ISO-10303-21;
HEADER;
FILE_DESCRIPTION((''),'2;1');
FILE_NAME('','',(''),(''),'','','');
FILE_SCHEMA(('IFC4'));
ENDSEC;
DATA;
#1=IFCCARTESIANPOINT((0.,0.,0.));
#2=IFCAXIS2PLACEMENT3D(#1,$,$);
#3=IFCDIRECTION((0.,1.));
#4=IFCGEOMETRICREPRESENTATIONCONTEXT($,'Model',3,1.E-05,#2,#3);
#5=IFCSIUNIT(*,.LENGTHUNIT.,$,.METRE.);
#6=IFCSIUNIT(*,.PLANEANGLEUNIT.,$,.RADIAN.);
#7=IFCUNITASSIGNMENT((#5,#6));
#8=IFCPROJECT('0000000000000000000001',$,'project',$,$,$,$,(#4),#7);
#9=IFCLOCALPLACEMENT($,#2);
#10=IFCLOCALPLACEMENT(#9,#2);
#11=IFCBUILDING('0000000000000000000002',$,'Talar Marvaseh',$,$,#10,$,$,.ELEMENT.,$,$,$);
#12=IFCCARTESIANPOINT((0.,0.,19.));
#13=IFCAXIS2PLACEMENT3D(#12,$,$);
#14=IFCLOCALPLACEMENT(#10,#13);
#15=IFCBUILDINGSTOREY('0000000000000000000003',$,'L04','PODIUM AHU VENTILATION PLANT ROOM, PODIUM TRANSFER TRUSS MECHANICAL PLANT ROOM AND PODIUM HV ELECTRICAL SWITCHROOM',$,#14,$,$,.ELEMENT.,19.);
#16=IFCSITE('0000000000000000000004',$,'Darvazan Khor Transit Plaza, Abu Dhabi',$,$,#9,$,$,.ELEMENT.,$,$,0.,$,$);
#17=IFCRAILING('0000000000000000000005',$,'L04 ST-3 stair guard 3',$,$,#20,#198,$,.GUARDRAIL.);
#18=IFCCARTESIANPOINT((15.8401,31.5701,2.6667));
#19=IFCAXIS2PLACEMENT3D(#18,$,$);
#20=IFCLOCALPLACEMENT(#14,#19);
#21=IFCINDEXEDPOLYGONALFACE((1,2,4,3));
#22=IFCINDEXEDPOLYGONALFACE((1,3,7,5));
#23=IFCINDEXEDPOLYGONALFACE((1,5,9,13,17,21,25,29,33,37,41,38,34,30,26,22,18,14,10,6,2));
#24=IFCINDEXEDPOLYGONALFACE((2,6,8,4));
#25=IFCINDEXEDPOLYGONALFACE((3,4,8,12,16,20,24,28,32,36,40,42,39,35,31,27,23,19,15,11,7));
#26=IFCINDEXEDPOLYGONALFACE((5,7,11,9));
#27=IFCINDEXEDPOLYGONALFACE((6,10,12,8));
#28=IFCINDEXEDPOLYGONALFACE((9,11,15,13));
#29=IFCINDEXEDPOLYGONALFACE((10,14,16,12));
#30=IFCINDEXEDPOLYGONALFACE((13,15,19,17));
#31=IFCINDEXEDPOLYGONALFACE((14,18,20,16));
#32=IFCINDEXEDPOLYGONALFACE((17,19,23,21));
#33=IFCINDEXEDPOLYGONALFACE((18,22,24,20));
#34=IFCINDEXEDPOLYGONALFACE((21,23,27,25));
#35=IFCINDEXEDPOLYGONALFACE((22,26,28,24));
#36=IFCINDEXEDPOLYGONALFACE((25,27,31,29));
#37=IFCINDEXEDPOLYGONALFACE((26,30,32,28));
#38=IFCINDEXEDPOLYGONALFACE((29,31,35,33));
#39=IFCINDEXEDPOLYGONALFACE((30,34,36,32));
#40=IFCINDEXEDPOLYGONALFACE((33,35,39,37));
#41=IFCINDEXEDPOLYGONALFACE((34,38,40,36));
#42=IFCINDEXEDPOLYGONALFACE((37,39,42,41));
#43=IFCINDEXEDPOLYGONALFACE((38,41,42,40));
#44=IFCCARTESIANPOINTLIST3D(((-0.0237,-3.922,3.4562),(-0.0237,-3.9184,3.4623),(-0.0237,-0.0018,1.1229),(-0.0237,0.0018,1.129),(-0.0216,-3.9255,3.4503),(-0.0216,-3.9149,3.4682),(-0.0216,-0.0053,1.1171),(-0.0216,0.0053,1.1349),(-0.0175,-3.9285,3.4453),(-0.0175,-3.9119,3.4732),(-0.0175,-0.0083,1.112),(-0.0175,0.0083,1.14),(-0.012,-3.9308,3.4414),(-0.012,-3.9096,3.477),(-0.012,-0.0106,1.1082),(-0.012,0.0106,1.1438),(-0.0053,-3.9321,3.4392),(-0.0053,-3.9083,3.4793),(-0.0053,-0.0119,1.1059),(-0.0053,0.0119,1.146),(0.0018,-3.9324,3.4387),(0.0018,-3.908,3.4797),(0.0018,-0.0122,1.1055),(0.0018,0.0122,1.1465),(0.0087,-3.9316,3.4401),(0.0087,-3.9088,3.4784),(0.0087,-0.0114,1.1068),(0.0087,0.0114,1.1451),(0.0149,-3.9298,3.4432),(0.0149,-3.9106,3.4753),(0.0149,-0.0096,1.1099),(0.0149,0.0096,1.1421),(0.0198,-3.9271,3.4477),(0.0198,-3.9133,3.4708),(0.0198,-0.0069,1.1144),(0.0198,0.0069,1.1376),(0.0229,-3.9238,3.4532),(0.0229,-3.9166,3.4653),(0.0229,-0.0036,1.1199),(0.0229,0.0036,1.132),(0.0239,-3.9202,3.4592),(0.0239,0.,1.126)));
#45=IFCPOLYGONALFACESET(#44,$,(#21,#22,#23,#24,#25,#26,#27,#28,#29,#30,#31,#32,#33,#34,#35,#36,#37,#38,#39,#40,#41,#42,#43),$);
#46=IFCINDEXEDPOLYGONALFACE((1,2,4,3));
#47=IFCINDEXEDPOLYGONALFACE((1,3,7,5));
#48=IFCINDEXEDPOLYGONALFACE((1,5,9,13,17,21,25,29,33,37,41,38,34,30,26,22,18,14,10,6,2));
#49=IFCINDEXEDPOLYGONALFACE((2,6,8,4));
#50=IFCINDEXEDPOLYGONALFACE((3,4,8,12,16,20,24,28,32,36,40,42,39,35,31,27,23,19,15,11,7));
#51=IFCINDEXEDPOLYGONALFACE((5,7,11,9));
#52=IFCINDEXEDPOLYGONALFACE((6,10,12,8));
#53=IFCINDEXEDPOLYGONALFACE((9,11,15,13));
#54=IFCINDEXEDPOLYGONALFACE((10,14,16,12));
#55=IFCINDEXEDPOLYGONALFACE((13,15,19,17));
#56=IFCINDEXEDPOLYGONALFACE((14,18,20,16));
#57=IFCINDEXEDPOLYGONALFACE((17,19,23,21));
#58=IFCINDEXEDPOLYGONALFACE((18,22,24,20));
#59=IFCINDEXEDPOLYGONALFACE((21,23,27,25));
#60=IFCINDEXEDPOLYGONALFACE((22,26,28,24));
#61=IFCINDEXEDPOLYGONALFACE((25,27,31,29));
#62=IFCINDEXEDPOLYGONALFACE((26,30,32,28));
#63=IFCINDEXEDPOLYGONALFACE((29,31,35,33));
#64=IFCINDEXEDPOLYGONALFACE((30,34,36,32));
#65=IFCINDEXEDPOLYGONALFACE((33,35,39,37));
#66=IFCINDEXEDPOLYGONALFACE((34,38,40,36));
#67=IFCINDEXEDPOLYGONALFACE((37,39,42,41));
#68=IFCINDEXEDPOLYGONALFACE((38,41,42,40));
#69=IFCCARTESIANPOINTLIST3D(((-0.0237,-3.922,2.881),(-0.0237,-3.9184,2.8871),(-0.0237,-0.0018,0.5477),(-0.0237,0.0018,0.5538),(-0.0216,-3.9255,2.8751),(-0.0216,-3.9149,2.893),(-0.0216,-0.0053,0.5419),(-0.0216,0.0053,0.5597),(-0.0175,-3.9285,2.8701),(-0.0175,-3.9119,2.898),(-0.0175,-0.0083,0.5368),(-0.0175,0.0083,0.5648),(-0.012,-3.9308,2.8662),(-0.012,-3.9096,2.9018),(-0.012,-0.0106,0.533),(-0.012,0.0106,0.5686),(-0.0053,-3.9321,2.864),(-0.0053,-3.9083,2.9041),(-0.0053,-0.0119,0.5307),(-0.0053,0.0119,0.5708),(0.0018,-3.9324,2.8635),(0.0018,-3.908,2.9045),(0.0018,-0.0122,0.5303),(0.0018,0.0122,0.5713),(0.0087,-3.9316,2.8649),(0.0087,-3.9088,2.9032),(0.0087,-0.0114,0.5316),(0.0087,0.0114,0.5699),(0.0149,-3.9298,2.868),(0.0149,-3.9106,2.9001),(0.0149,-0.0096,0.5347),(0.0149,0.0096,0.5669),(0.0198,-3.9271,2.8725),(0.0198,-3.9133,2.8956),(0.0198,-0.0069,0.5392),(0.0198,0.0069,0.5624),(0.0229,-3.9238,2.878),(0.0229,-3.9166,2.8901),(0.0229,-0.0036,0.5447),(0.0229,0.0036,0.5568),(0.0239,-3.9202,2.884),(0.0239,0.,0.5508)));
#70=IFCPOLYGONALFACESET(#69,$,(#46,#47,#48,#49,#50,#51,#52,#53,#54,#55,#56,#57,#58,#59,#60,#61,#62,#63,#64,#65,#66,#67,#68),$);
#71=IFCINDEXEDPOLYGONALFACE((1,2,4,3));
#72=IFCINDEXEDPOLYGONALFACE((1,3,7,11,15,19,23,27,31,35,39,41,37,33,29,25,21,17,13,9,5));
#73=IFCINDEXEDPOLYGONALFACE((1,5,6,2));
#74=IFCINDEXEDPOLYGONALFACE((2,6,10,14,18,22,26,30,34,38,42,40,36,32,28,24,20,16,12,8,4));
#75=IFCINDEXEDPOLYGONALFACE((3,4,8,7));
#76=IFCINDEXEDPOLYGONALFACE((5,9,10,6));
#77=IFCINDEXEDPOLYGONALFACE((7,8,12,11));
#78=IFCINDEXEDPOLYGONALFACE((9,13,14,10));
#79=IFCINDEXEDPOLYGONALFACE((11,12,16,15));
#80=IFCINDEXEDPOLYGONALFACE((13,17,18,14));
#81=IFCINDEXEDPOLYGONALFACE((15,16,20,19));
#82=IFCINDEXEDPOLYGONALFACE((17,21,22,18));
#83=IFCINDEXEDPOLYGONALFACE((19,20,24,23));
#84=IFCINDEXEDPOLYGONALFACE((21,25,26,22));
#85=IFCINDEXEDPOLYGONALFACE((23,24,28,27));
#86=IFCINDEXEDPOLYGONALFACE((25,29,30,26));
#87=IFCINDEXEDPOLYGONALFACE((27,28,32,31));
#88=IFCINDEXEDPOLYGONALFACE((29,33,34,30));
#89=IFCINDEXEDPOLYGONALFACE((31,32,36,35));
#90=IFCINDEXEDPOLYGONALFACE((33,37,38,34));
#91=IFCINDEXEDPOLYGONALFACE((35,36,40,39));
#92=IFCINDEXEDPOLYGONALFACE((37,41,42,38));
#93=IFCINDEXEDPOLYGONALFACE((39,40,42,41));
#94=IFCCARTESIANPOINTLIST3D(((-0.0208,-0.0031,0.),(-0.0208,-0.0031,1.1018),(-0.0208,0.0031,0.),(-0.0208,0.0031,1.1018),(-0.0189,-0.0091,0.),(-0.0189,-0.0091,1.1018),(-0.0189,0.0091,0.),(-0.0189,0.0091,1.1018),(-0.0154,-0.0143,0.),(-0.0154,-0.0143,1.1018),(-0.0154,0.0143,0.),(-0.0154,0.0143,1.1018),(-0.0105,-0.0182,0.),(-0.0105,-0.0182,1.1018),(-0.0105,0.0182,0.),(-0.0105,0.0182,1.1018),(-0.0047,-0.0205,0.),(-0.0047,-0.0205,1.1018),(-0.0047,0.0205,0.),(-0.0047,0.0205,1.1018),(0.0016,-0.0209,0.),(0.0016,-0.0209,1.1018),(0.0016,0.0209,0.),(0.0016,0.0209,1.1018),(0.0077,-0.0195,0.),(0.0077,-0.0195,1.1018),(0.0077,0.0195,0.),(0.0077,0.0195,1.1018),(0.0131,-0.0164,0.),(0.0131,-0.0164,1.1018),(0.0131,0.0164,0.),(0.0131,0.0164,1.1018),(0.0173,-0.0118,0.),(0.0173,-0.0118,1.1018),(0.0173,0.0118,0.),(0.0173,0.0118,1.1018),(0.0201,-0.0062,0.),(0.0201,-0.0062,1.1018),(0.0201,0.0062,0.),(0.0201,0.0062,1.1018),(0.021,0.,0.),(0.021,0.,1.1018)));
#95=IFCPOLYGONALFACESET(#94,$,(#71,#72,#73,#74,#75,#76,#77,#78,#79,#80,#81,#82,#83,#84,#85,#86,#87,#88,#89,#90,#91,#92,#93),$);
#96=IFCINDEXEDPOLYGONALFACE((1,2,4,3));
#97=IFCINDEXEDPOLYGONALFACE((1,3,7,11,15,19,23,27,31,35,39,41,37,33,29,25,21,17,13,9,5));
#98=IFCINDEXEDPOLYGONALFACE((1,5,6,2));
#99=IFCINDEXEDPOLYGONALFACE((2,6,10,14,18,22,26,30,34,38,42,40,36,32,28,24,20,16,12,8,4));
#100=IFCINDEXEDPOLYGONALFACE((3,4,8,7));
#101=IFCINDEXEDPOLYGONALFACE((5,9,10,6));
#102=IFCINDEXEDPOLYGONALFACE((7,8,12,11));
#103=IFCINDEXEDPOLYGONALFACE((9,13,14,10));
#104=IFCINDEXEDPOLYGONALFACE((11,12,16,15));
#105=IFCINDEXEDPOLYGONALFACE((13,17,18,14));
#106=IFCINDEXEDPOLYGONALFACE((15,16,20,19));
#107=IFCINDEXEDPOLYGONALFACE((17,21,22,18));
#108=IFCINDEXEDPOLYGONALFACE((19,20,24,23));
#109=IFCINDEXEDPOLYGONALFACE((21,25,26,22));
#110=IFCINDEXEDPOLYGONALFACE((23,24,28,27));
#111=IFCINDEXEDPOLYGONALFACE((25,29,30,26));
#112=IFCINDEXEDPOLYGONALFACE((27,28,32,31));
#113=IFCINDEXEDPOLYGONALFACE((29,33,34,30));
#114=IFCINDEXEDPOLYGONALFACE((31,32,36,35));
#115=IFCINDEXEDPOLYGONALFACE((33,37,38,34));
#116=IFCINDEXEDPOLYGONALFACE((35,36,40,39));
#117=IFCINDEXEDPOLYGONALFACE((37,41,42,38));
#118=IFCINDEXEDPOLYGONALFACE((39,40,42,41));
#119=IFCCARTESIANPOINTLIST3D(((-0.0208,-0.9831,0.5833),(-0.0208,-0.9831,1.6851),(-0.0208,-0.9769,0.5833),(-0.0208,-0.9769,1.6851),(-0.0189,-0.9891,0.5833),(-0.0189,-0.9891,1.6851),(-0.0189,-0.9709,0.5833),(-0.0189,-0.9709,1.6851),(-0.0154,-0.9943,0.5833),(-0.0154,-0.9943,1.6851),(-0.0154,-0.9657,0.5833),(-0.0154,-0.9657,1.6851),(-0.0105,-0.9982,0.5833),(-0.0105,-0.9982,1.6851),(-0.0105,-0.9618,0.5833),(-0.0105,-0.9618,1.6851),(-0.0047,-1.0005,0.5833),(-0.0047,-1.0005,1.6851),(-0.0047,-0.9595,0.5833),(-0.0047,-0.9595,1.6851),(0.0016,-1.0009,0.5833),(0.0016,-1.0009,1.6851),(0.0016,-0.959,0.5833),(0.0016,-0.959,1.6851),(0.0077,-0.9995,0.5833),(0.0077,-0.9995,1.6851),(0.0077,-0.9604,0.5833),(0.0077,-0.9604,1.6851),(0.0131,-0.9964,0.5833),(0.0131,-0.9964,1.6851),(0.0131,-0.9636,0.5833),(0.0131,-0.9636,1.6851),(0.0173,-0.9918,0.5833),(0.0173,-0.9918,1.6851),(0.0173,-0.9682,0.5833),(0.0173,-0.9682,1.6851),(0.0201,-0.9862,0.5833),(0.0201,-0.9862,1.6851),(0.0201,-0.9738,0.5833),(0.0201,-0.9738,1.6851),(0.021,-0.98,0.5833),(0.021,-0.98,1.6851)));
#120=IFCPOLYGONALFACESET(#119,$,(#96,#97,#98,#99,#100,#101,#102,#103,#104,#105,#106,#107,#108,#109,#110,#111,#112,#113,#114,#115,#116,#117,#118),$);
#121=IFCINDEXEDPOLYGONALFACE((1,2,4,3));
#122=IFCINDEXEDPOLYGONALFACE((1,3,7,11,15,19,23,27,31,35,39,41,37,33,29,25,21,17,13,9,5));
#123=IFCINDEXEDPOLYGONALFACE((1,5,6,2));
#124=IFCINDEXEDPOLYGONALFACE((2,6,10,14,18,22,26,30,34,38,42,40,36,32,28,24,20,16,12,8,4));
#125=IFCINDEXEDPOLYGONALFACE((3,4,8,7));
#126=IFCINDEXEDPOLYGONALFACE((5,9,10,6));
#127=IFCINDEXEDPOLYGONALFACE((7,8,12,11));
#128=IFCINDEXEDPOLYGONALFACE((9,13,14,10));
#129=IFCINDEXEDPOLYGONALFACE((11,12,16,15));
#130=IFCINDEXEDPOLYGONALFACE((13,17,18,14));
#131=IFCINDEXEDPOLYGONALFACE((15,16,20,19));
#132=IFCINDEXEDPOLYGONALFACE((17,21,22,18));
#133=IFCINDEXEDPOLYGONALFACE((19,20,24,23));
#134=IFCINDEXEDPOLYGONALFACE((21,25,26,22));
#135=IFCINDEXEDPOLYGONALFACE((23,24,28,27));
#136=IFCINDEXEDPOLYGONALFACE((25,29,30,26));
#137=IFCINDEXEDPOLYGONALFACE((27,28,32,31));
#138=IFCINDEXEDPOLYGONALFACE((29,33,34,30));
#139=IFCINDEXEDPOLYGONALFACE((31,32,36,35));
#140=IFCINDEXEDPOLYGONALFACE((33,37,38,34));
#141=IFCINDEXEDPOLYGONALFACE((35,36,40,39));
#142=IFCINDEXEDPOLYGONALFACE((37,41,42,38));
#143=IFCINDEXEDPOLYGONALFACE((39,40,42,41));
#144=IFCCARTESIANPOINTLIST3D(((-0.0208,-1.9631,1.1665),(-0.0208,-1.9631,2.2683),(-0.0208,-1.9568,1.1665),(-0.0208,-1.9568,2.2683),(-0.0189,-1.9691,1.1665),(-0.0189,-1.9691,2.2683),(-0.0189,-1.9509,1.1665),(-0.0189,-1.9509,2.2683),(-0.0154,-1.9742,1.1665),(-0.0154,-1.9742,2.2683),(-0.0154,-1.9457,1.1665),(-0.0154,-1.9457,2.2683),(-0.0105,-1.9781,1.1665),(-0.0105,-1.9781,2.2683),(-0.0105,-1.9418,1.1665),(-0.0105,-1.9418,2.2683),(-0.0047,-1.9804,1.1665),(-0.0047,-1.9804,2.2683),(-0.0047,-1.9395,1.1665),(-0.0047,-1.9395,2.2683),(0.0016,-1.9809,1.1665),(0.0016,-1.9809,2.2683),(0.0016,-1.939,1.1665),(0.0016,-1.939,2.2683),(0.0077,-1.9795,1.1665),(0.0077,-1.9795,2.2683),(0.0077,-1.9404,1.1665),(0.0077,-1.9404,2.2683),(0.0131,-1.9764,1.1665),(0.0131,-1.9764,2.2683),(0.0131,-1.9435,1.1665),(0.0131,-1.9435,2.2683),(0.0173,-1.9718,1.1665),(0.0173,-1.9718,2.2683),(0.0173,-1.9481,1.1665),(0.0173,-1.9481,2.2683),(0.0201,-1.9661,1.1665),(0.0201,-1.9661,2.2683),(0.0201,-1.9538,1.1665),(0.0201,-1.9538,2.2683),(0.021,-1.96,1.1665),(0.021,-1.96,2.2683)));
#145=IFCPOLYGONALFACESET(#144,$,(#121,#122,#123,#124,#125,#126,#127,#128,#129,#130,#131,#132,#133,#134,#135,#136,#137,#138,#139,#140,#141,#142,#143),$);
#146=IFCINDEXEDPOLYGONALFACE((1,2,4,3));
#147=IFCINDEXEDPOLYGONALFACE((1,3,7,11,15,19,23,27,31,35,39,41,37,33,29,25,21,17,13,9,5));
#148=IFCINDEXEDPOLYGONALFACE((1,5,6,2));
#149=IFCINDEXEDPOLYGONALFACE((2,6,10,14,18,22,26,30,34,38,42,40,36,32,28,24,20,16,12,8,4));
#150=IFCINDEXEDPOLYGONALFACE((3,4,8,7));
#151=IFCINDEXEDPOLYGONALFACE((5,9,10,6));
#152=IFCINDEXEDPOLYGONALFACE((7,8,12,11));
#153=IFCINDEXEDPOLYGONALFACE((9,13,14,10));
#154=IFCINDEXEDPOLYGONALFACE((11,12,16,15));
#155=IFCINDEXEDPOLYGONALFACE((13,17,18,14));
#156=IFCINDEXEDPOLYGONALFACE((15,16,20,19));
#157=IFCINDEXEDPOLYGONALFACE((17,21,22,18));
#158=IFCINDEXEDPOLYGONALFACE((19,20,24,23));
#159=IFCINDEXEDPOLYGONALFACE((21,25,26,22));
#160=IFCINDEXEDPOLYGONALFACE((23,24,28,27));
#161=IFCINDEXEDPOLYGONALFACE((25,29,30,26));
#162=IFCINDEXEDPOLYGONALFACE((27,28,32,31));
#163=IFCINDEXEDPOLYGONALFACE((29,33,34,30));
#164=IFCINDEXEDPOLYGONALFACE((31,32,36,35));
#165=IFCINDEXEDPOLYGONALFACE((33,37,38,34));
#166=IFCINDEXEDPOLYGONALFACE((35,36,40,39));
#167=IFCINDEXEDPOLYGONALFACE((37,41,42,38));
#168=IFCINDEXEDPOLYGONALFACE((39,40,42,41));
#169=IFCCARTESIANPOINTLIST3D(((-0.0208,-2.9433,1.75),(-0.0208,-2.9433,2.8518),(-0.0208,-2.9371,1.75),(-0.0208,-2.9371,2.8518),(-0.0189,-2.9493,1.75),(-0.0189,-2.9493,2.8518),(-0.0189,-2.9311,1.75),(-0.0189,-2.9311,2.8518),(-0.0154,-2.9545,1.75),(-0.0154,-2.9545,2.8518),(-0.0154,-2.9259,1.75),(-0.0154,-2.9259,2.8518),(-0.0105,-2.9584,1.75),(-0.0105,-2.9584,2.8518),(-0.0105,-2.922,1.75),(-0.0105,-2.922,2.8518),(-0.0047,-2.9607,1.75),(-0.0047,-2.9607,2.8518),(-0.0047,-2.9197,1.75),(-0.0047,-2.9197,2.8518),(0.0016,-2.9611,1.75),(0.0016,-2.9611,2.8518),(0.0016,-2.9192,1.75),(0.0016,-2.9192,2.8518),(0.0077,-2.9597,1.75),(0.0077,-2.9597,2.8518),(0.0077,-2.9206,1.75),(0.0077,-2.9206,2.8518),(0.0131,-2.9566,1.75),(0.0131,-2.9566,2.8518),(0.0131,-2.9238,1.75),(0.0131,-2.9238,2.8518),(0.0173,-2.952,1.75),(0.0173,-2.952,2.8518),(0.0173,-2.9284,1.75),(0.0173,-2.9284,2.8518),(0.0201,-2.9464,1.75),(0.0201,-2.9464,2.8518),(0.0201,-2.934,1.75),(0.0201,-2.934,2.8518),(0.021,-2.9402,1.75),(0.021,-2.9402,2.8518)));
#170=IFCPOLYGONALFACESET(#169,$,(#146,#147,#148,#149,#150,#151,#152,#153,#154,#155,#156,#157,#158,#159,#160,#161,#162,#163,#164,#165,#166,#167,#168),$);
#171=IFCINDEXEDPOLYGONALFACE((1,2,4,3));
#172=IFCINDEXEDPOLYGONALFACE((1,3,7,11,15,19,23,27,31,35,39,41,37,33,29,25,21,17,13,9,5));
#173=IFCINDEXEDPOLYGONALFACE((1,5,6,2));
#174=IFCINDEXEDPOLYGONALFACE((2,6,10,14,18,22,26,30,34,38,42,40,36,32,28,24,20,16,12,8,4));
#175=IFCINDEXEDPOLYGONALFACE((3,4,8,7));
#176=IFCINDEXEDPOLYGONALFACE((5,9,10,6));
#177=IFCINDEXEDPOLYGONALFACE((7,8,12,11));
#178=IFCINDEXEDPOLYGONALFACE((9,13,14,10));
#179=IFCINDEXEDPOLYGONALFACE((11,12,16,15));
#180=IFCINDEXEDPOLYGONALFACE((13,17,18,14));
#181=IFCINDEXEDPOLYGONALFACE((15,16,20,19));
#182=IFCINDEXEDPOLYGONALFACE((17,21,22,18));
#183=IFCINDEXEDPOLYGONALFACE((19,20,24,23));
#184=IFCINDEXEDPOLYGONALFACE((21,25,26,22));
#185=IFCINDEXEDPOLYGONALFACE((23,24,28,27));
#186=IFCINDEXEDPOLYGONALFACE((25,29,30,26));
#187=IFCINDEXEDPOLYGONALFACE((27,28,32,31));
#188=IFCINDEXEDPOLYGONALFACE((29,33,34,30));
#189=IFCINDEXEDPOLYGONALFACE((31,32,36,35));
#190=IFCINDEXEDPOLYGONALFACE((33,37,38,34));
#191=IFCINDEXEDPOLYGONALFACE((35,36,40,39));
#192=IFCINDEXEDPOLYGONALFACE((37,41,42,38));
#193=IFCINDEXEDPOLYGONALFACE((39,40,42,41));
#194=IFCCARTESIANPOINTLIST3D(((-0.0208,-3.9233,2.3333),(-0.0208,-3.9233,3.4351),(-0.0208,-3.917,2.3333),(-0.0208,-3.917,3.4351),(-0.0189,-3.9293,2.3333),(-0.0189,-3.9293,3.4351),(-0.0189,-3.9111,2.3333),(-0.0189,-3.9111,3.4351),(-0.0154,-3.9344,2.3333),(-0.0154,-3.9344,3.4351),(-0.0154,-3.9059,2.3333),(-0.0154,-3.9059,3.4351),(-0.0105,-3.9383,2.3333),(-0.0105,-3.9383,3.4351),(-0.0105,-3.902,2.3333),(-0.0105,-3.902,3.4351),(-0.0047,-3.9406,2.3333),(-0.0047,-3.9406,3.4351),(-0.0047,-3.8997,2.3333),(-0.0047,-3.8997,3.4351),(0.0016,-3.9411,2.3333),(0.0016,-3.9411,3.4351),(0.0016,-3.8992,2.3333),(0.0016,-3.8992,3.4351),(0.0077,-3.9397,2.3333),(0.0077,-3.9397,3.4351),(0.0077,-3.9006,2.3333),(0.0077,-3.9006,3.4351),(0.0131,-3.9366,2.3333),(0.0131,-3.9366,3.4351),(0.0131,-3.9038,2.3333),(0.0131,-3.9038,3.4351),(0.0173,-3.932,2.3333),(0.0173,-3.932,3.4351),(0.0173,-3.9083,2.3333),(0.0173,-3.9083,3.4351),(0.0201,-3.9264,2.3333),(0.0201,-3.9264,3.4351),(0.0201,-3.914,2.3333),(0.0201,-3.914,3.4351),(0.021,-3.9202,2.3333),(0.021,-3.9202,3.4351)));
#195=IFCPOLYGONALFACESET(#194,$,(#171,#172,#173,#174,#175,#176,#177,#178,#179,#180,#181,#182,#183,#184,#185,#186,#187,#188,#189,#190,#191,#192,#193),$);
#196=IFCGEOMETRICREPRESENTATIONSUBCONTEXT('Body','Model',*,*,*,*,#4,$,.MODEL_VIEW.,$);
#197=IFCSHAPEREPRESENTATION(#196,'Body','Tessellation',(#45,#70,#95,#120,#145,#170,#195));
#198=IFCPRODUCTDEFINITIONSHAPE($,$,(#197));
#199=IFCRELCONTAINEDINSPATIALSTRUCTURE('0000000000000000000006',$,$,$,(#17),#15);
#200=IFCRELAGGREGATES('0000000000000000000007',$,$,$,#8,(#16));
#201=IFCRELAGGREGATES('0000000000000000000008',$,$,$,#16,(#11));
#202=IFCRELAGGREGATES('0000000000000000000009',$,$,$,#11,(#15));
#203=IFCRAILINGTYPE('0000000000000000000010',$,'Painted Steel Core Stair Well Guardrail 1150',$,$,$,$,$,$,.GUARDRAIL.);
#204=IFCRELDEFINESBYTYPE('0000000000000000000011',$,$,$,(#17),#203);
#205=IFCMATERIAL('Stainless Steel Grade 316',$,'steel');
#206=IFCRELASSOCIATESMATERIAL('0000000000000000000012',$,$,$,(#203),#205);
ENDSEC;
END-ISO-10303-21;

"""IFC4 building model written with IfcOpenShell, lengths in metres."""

from ifc_helpers import new_model, si_unit, direction, frame, origin, origin_2d, place, context, subcontext, project, spatial, circle, extrude, material, type_object, element, save


model = new_model("IFC4")

# Units and contexts
model_context = context("Model", 3, precision=1e-05, world=origin(), true_north=direction((0.0, 1.0)))
body_context = subcontext(model_context, "Body", "Model", "MODEL_VIEW")
ifc_project = project(units=[si_unit("LENGTHUNIT", "METRE"), si_unit("PLANEANGLEUNIT", "RADIAN")], contexts=[model_context])

# Site, building, storey
site_placement = place(None, origin())
site = spatial("IfcSite", under=ifc_project, at=site_placement, Name="Darvazan Khor Transit Plaza, Abu Dhabi", CompositionType="ELEMENT", RefElevation=0.0)
building_placement = place(site_placement, origin())
building = spatial("IfcBuilding", under=site, at=building_placement, Name="Talar Marvaseh", CompositionType="ELEMENT")
storey_placement = place(building_placement, frame((0.0, 0.0, 19.0)))
storey = spatial("IfcBuildingStorey", under=building, at=storey_placement, Name="L04", Description="PODIUM AHU VENTILATION PLANT ROOM, PODIUM TRANSFER TRUSS MECHANICAL PLANT ROOM AND PODIUM HV ELECTRICAL SWITCHROOM", CompositionType="ELEMENT", Elevation=19.0)

# Shared definitions
ifc_material_1 = material(Name="Stainless Steel Grade 316", Category="steel")

# Railing
railing_type_1 = type_object("IfcRailingType", Name="Painted Steel Core Stair Well Guardrail 1150", PredefinedType="GUARDRAIL", material=ifc_material_1)
railing_1_placement = place(storey_placement, frame((15.8401, 31.5701, 2.6667)))
element("IfcRailing", 1, at=railing_1_placement, inside=storey, type_object=railing_type_1, Name="L04 ST-3 stair guard 3", PredefinedType="GUARDRAIL", context=body_context, shape_type="SweptSolid", body=[
    extrude(circle(Radius=0.0239, at=origin_2d()), frame((0.0, 0.0, 1.126), z_axis=(0.0, -0.85931, 0.511455), x_axis=(1.0, 0.0, 0.0)), (0.0, 0.0, 1.0), 4.562),
    extrude(circle(Radius=0.0239, at=origin_2d()), frame((0.0, 0.0, 0.5508), z_axis=(0.0, -0.85931, 0.511455), x_axis=(1.0, 0.0, 0.0)), (0.0, 0.0, 1.0), 4.562),
    extrude(circle(Radius=0.021, at=origin_2d()), origin(), (0.0, 0.0, 1.0), 1.1018),
    extrude(circle(Radius=0.021, at=origin_2d()), frame((0.0, -0.98, 0.5833)), (0.0, 0.0, 1.0), 1.1018),
    extrude(circle(Radius=0.021, at=origin_2d()), frame((0.0, -1.96, 1.1665)), (0.0, 0.0, 1.0), 1.1018),
    extrude(circle(Radius=0.021, at=origin_2d()), frame((0.0, -2.9402, 1.75)), (0.0, 0.0, 1.0), 1.1018),
    extrude(circle(Radius=0.021, at=origin_2d()), frame((0.0, -3.9202, 2.3333)), (0.0, 0.0, 1.0), 1.1018),
])

save(model, "model.ifc")
